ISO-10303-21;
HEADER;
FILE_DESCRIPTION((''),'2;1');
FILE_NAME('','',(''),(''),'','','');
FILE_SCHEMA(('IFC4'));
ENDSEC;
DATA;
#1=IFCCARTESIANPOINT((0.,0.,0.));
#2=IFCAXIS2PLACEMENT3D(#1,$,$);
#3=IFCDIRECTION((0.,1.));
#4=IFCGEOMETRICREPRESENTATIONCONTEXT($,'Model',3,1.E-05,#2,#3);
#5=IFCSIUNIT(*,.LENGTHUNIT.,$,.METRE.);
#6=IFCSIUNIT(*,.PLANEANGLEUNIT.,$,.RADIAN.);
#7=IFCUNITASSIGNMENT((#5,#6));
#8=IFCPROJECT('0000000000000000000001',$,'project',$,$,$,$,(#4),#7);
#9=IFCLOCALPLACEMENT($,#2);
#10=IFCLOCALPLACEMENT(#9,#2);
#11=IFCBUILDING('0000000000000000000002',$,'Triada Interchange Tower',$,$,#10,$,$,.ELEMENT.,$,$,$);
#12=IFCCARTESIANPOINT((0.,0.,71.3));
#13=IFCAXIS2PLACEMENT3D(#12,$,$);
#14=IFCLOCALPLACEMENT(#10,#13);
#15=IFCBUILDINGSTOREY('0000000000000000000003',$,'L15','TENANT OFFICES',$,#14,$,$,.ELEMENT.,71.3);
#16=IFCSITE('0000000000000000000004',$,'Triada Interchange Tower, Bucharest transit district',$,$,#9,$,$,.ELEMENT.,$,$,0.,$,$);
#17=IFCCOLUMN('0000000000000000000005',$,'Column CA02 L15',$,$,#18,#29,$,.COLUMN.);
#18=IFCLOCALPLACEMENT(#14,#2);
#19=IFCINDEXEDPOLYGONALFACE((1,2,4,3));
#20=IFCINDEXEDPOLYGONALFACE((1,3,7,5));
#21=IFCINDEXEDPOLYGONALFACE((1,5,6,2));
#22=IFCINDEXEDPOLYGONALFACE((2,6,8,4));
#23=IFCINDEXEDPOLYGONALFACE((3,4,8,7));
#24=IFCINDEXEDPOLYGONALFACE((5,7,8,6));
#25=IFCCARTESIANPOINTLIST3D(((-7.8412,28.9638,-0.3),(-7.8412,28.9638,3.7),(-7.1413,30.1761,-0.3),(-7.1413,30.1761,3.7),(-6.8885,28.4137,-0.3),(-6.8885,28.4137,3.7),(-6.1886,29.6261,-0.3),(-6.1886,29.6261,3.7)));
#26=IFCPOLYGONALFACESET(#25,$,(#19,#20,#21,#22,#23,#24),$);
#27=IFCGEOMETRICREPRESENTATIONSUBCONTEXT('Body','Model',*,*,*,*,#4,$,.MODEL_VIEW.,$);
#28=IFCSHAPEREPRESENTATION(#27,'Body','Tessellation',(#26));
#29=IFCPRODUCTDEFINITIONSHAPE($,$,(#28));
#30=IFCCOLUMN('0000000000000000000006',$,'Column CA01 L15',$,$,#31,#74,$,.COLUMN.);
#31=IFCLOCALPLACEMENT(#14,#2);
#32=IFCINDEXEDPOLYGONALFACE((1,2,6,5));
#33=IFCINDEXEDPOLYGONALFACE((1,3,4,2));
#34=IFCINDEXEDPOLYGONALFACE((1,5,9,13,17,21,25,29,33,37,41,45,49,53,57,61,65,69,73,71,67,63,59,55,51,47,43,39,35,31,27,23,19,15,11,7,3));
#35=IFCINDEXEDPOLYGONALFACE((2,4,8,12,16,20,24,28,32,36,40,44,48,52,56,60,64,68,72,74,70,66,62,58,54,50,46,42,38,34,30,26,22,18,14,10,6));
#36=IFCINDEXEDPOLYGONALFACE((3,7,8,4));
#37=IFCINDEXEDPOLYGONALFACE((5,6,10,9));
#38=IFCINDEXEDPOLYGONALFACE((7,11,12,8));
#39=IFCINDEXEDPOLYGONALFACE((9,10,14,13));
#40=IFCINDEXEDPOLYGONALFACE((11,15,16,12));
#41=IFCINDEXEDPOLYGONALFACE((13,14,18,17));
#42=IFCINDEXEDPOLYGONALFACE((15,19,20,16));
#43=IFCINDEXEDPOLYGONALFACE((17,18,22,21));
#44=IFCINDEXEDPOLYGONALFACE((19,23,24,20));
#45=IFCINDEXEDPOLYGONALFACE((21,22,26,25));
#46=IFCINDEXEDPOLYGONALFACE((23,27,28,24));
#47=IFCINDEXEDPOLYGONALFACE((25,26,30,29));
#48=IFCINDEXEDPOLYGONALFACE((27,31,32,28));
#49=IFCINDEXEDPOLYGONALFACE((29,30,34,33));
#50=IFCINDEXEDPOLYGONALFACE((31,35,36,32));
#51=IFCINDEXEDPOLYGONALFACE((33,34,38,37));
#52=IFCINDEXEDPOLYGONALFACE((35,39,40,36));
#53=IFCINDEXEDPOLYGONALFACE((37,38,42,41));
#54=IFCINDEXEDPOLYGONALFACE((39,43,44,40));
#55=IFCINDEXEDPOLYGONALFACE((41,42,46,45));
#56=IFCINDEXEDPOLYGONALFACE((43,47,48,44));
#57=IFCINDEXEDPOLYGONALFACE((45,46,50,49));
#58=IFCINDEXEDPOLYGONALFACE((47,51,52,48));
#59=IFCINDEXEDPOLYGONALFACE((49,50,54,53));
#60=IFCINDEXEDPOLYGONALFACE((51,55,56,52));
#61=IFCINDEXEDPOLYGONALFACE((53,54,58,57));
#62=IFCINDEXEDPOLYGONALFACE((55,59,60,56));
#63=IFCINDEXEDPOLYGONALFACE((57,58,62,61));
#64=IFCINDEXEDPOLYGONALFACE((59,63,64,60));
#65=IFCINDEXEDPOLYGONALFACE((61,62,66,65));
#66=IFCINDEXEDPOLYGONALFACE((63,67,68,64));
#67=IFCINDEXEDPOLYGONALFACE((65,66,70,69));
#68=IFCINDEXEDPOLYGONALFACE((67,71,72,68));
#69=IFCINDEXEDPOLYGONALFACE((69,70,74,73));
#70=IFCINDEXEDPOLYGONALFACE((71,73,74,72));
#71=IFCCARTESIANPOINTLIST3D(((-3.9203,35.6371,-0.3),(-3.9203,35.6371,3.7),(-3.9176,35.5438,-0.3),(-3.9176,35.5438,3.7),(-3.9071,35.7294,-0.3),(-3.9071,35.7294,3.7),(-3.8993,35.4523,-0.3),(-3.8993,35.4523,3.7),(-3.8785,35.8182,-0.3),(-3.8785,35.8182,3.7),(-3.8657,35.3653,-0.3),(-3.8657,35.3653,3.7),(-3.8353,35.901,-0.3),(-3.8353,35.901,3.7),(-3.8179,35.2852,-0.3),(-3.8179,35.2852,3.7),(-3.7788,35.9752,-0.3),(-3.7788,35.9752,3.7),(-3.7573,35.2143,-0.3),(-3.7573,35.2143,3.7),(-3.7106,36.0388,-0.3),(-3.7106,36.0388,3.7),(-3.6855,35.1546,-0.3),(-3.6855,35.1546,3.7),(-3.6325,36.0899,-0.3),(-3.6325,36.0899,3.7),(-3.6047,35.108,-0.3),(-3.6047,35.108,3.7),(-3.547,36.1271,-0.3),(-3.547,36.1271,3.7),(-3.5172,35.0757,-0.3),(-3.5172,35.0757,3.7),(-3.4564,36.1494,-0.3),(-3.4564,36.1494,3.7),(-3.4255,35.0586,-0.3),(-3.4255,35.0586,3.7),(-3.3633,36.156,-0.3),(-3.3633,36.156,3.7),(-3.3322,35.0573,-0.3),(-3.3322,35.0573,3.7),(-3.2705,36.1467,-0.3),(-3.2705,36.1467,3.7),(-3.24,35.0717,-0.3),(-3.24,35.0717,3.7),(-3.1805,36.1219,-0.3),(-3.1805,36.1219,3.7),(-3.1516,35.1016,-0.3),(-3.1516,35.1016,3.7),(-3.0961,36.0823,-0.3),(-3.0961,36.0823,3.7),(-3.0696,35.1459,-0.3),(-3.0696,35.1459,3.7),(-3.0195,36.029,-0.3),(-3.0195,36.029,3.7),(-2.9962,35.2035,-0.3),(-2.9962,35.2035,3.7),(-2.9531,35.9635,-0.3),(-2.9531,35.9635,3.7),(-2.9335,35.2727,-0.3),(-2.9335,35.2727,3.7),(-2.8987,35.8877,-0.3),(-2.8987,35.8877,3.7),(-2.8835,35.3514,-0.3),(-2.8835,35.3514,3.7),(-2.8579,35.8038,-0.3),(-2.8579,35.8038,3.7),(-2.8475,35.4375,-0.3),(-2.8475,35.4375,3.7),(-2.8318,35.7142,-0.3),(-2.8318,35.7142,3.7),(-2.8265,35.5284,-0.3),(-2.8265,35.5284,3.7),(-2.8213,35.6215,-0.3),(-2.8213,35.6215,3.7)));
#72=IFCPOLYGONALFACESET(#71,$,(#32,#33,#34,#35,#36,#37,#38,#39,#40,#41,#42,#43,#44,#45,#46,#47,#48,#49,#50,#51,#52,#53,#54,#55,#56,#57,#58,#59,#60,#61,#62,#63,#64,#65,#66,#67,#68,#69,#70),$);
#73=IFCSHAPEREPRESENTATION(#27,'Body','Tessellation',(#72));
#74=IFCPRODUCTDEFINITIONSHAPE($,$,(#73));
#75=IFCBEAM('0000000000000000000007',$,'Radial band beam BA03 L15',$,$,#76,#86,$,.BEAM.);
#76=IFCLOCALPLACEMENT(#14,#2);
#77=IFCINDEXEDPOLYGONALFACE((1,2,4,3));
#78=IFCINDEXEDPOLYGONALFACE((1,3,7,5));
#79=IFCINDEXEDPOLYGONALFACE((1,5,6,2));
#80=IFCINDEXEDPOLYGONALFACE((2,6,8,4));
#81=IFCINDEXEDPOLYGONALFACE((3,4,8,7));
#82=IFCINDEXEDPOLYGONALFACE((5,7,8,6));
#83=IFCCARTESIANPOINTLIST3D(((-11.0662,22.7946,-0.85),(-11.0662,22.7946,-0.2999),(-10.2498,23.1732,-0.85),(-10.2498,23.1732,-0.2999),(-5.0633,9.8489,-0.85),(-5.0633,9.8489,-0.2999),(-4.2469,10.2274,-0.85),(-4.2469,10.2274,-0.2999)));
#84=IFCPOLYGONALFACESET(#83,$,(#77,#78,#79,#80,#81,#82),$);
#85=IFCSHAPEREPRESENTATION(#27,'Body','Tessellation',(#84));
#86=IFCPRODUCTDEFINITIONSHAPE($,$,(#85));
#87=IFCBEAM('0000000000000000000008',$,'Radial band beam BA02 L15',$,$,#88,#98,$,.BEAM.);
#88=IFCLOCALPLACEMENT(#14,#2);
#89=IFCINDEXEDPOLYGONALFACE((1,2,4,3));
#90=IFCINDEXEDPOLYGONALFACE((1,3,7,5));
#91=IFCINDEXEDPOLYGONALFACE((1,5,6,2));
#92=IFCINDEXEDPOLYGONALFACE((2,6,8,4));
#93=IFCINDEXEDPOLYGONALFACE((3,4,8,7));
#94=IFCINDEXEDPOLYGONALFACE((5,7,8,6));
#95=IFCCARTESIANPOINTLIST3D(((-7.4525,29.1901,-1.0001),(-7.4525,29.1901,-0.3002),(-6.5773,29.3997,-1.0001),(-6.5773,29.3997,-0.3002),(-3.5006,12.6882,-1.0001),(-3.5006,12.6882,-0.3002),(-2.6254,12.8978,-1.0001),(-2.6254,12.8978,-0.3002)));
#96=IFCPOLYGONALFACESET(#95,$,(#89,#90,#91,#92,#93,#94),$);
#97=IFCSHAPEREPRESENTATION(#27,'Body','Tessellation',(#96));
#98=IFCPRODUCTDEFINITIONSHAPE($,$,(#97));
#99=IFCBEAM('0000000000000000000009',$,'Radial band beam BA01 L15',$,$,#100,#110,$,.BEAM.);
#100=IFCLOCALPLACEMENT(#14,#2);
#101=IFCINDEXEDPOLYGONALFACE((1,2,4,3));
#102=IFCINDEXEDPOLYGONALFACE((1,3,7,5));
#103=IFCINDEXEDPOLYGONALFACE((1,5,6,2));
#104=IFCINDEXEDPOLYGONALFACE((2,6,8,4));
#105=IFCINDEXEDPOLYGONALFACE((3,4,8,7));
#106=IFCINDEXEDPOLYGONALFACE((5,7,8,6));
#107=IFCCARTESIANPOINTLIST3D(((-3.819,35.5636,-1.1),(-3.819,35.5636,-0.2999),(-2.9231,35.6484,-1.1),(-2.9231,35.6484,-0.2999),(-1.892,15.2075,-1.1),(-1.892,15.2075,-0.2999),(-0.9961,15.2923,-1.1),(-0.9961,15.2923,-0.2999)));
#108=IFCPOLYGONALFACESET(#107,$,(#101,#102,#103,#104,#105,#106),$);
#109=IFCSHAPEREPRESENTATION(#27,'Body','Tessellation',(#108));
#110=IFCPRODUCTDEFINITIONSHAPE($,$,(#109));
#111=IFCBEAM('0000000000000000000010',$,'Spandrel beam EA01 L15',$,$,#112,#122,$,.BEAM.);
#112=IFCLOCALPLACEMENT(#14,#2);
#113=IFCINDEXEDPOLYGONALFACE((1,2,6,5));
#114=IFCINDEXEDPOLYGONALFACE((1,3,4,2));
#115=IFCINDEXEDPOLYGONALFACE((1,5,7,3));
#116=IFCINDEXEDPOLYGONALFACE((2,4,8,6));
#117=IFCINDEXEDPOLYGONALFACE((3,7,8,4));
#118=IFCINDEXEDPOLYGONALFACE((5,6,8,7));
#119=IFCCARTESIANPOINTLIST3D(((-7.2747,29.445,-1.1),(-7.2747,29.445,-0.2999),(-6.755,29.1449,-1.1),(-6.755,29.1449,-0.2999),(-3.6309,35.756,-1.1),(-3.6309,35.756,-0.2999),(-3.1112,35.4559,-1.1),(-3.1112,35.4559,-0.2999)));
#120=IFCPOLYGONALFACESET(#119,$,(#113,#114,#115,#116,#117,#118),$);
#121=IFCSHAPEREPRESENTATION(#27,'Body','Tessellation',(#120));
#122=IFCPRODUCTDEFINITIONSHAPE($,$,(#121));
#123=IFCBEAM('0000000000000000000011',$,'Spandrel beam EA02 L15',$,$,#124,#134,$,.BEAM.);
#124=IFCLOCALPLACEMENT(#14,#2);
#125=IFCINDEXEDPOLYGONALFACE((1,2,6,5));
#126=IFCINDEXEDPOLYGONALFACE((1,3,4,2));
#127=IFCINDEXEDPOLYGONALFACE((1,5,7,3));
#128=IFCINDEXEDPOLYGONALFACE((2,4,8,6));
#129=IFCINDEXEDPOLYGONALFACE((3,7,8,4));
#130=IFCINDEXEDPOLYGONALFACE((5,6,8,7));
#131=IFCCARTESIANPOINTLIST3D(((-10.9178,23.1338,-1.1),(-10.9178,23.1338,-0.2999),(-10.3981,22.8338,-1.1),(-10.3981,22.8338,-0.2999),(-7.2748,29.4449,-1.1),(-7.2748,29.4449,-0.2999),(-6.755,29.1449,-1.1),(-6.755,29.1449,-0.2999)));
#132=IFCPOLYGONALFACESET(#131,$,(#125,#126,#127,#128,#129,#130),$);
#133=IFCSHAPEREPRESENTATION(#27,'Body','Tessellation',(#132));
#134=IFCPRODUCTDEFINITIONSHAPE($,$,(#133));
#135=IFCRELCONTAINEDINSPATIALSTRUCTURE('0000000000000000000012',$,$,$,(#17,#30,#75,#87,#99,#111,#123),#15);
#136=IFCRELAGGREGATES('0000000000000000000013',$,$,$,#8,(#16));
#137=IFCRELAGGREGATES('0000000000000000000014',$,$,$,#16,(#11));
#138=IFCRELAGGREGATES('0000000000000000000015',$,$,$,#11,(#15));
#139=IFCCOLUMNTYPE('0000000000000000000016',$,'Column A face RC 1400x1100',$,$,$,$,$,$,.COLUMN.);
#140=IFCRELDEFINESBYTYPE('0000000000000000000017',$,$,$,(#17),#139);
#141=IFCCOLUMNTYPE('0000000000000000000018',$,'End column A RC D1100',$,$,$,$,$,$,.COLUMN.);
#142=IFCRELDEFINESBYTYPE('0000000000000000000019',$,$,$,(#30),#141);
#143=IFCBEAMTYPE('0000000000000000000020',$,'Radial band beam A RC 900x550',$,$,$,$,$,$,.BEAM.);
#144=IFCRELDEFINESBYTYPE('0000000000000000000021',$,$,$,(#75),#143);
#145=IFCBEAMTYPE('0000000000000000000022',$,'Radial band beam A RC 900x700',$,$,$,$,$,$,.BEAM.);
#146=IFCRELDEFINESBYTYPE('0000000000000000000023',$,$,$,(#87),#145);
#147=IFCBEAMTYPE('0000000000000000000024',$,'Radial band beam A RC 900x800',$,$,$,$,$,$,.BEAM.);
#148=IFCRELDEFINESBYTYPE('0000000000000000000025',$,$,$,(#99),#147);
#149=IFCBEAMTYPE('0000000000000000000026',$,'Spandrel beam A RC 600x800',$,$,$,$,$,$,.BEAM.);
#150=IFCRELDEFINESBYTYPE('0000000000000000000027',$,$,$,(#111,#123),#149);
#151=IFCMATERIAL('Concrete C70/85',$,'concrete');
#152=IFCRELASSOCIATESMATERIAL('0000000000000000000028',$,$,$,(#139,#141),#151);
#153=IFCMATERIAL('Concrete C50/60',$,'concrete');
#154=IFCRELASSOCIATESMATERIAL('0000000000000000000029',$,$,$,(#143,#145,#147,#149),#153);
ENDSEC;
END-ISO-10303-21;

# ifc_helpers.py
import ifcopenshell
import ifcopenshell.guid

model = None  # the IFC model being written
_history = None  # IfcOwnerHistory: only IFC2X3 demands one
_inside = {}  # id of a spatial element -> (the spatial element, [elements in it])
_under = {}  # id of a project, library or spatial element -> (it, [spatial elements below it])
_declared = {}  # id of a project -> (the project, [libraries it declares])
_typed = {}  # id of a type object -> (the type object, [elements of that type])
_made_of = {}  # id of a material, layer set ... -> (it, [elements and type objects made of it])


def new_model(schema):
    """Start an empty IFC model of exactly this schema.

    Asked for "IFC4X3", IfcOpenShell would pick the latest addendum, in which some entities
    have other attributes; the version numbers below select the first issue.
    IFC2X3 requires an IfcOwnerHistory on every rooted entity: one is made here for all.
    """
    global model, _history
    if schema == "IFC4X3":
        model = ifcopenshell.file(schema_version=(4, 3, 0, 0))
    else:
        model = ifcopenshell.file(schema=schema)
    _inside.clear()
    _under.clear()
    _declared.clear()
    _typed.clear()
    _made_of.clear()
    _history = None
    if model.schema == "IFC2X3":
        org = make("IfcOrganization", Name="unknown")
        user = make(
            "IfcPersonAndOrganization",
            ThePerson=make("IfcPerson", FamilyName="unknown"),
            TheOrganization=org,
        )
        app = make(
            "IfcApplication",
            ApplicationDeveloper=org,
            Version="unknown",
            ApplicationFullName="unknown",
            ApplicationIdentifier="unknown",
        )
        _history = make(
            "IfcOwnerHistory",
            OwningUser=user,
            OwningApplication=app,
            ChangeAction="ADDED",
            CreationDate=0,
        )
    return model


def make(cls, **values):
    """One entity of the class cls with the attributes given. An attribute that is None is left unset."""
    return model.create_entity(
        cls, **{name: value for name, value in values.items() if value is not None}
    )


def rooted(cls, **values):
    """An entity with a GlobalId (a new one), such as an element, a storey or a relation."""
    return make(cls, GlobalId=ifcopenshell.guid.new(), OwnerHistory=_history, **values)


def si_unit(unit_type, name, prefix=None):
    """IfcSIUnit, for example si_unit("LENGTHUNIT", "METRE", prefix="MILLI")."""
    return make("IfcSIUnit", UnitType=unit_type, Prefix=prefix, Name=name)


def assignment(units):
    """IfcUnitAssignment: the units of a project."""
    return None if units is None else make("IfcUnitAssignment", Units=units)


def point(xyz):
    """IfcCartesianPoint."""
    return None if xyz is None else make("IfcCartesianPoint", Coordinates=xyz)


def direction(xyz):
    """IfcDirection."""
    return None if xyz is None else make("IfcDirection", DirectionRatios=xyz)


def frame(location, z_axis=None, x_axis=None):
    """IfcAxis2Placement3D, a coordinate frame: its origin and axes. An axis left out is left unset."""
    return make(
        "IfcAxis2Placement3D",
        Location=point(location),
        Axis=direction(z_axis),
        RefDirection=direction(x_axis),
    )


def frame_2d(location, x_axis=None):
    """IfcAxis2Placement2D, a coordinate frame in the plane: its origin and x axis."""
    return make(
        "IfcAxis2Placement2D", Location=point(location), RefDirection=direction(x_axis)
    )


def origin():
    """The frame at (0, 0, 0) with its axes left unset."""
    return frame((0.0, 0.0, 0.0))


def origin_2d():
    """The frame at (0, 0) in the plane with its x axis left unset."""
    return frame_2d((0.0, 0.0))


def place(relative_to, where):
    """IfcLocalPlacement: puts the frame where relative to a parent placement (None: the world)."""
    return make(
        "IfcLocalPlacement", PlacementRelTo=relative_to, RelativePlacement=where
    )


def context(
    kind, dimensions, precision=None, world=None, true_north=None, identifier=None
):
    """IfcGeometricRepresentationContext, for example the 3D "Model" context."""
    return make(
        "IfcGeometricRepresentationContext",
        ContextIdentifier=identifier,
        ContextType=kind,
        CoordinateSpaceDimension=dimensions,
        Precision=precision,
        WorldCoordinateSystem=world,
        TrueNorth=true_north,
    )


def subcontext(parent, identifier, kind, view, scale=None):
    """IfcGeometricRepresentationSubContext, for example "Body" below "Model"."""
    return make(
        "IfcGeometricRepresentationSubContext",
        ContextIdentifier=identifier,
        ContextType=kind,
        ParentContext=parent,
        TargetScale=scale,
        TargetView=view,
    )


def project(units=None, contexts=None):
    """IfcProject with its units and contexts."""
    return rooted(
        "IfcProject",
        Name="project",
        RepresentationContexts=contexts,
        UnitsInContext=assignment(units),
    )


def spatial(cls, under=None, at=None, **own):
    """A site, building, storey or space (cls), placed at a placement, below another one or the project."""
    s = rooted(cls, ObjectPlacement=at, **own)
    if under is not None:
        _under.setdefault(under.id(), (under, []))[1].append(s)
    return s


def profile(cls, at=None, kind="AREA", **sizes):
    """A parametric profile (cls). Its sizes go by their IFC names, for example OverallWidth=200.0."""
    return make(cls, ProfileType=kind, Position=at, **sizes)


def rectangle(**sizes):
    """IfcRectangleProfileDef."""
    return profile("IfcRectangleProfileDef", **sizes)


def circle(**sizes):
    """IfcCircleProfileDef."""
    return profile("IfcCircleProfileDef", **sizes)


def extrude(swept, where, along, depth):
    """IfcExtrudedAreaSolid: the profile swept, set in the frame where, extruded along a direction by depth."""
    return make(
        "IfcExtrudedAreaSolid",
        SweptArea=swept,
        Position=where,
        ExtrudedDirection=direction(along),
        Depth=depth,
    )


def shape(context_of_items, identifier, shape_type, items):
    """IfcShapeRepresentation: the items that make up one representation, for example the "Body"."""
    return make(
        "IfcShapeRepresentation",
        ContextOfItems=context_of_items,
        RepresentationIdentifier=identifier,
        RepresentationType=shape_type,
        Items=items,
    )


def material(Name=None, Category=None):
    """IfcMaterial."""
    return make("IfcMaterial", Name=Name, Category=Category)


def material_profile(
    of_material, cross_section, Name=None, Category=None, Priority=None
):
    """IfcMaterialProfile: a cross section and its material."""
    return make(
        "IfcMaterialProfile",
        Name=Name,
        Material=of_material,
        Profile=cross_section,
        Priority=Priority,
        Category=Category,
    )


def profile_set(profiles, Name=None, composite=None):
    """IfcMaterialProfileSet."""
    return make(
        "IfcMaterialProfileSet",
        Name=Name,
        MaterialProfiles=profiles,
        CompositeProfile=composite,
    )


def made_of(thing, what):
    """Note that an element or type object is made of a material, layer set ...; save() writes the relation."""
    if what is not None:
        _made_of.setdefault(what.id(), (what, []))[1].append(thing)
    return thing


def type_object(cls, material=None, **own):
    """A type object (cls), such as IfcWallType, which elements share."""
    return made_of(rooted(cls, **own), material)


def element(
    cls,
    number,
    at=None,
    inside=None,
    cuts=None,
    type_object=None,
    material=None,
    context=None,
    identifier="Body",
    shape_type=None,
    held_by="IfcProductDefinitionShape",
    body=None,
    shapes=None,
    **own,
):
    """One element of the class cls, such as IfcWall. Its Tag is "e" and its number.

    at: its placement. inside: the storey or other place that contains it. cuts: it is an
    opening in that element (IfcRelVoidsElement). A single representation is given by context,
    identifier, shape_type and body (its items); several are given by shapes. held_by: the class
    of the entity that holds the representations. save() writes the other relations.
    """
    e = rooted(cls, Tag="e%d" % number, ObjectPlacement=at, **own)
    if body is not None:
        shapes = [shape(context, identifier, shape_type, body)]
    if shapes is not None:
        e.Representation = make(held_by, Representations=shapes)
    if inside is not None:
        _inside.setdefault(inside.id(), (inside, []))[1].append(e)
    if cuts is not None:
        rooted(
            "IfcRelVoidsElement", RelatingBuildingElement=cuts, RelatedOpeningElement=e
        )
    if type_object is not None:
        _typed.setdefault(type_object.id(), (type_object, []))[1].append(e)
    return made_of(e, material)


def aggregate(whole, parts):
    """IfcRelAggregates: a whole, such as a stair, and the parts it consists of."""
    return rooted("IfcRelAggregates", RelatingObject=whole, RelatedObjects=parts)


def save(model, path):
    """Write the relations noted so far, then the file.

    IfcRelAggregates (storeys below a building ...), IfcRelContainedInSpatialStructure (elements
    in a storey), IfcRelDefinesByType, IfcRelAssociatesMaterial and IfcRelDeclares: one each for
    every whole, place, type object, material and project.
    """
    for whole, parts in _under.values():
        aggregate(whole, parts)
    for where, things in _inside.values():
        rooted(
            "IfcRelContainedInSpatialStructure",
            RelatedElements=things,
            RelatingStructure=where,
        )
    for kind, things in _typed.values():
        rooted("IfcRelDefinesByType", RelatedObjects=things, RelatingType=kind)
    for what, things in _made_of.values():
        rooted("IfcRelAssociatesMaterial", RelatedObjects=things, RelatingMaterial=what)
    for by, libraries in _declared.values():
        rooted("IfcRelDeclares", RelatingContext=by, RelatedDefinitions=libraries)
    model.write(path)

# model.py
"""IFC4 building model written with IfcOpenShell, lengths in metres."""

from ifc_helpers import new_model, si_unit, direction, frame, origin, origin_2d, place, context, subcontext, project, spatial, rectangle, circle, extrude, material, material_profile, profile_set, type_object, element, save


model = new_model("IFC4")

# Units and contexts
model_context = context("Model", 3, precision=1e-05, world=origin(), true_north=direction((0.0, 1.0)))
body_context = subcontext(model_context, "Body", "Model", "MODEL_VIEW")
ifc_project = project(units=[si_unit("LENGTHUNIT", "METRE"), si_unit("PLANEANGLEUNIT", "RADIAN")], contexts=[model_context])

# Site, building, storey
site_placement = place(None, origin())
site = spatial("IfcSite", under=ifc_project, at=site_placement, Name="Triada Interchange Tower, Bucharest transit district", CompositionType="ELEMENT", RefElevation=0.0)
building_placement = place(site_placement, origin())
building = spatial("IfcBuilding", under=site, at=building_placement, Name="Triada Interchange Tower", CompositionType="ELEMENT")
storey_placement = place(building_placement, frame((0.0, 0.0, 71.3)))
storey = spatial("IfcBuildingStorey", under=building, at=storey_placement, Name="L15", Description="TENANT OFFICES", CompositionType="ELEMENT", Elevation=71.3)

# Columns
ifc_material_1 = material(Name="Concrete C70/85", Category="concrete")
ifc_material_profile_1 = material_profile(ifc_material_1, rectangle(XDim=1.3999, YDim=1.1001, at=origin_2d()), Name="RC 1400x1100")
ifc_profile_set_1 = profile_set([ifc_material_profile_1], Name="Concrete C70/85")
column_type_1 = type_object("IfcColumnType", Name="Column A face RC 1400x1100", PredefinedType="COLUMN", material=ifc_profile_set_1)
column_1_placement = place(storey_placement, frame((-7.0149, 29.2949, -0.3), z_axis=(0.0, 0.0, 1.0), x_axis=(0.5, 0.866025, 0.0)))
element("IfcColumn", 1, at=column_1_placement, inside=storey, type_object=column_type_1, Name="Column CA02 L15", PredefinedType="COLUMN", context=body_context, shape_type="SweptSolid", body=[
    extrude(rectangle(XDim=1.3999, YDim=1.1001, at=origin_2d()), origin(), (0.0, 0.0, 1.0), 4.0),
])
ifc_material_profile_2 = material_profile(ifc_material_1, circle(Radius=0.55, at=origin_2d()), Name="RC D1100")
ifc_profile_set_2 = profile_set([ifc_material_profile_2], Name="Concrete C70/85")
column_type_2 = type_object("IfcColumnType", Name="End column A RC D1100", PredefinedType="COLUMN", material=ifc_profile_set_2)
column_2_placement = place(storey_placement, frame((-3.3711, 35.606, -0.3), z_axis=(0.0, 0.0, 1.0), x_axis=(0.5, 0.866025, 0.0)))
element("IfcColumn", 2, at=column_2_placement, inside=storey, type_object=column_type_2, Name="Column CA01 L15", PredefinedType="COLUMN", context=body_context, shape_type="SweptSolid", body=[
    extrude(circle(Radius=0.55, at=origin_2d()), origin(), (0.0, 0.0, 1.0), 4.0),
])

# Beams
ifc_material_2 = material(Name="Concrete C50/60", Category="concrete")
ifc_material_profile_3 = material_profile(ifc_material_2, rectangle(XDim=0.8999, YDim=0.55, at=origin_2d()), Name="RC 900x550")
ifc_profile_set_3 = profile_set([ifc_material_profile_3], Name="Concrete C50/60")
beam_type_1 = type_object("IfcBeamType", Name="Radial band beam A RC 900x550", PredefinedType="BEAM", material=ifc_profile_set_3)
beam_1_placement = place(storey_placement, frame((-10.658, 22.9839, -0.575), z_axis=(0.420672, -0.907213, 0.0), x_axis=(0.907213, 0.420672, 0.0)))
element("IfcBeam", 3, at=beam_1_placement, inside=storey, type_object=beam_type_1, Name="Radial band beam BA03 L15", PredefinedType="BEAM", context=body_context, shape_type="SweptSolid", body=[
    extrude(rectangle(XDim=0.8999, YDim=0.55, at=origin_2d()), origin(), (0.0, 0.0, 1.0), 14.2698),
])
ifc_material_profile_4 = material_profile(ifc_material_2, rectangle(XDim=0.8999, YDim=0.7, at=origin_2d()), Name="RC 900x700")
ifc_profile_set_4 = profile_set([ifc_material_profile_4], Name="Concrete C50/60")
beam_type_2 = type_object("IfcBeamType", Name="Radial band beam A RC 900x700", PredefinedType="BEAM", material=ifc_profile_set_4)
beam_2_placement = place(storey_placement, frame((-7.0149, 29.2949, -0.6501), z_axis=(0.232896, -0.972502, 0.0), x_axis=(0.972502, 0.232896, 0.0)))
element("IfcBeam", 4, at=beam_2_placement, inside=storey, type_object=beam_type_2, Name="Radial band beam BA02 L15", PredefinedType="BEAM", context=body_context, shape_type="SweptSolid", body=[
    extrude(rectangle(XDim=0.8999, YDim=0.7, at=origin_2d()), origin(), (0.0, 0.0, 1.0), 16.9685),
])
ifc_material_profile_5 = material_profile(ifc_material_2, rectangle(XDim=0.8999, YDim=0.8, at=origin_2d()), Name="RC 900x800")
ifc_profile_set_5 = profile_set([ifc_material_profile_5], Name="Concrete C50/60")
beam_type_3 = type_object("IfcBeamType", Name="Radial band beam A RC 900x800", PredefinedType="BEAM", material=ifc_profile_set_5)
beam_3_placement = place(storey_placement, frame((-3.3711, 35.606, -0.7), z_axis=(0.094244, -0.995549, 0.0), x_axis=(0.995549, 0.094244, 0.0)))
element("IfcBeam", 5, at=beam_3_placement, inside=storey, type_object=beam_type_3, Name="Radial band beam BA01 L15", PredefinedType="BEAM", context=body_context, shape_type="SweptSolid", body=[
    extrude(rectangle(XDim=0.8999, YDim=0.8, at=origin_2d()), origin(), (0.0, 0.0, 1.0), 20.447),
])
ifc_material_profile_6 = material_profile(ifc_material_2, rectangle(XDim=0.6001, YDim=0.8, at=origin_2d()), Name="RC 600x800")
ifc_profile_set_6 = profile_set([ifc_material_profile_6], Name="Concrete C50/60")
beam_type_4 = type_object("IfcBeamType", Name="Spandrel beam A RC 600x800", PredefinedType="BEAM", material=ifc_profile_set_6)
beam_4_placement = place(storey_placement, frame((-3.3711, 35.606, -0.7), z_axis=(-0.500012, -0.866018, 0.0), x_axis=(0.866018, -0.500012, 0.0)))
element("IfcBeam", 6, at=beam_4_placement, inside=storey, type_object=beam_type_4, Name="Spandrel beam EA01 L15", PredefinedType="BEAM", context=body_context, shape_type="SweptSolid", body=[
    extrude(rectangle(XDim=0.6001, YDim=0.8, at=origin_2d()), origin(), (0.0, 0.0, 1.0), 7.2874),
])
beam_5_placement = place(storey_placement, frame((-7.0149, 29.2949, -0.7), z_axis=(-0.499937, -0.866062, 0.0), x_axis=(0.866062, -0.499937, 0.0)))
element("IfcBeam", 7, at=beam_5_placement, inside=storey, type_object=beam_type_4, Name="Spandrel beam EA02 L15", PredefinedType="BEAM", context=body_context, shape_type="SweptSolid", body=[
    extrude(rectangle(XDim=0.6001, YDim=0.8, at=origin_2d()), origin(), (0.0, 0.0, 1.0), 7.2871),
])

save(model, "model.ifc")
